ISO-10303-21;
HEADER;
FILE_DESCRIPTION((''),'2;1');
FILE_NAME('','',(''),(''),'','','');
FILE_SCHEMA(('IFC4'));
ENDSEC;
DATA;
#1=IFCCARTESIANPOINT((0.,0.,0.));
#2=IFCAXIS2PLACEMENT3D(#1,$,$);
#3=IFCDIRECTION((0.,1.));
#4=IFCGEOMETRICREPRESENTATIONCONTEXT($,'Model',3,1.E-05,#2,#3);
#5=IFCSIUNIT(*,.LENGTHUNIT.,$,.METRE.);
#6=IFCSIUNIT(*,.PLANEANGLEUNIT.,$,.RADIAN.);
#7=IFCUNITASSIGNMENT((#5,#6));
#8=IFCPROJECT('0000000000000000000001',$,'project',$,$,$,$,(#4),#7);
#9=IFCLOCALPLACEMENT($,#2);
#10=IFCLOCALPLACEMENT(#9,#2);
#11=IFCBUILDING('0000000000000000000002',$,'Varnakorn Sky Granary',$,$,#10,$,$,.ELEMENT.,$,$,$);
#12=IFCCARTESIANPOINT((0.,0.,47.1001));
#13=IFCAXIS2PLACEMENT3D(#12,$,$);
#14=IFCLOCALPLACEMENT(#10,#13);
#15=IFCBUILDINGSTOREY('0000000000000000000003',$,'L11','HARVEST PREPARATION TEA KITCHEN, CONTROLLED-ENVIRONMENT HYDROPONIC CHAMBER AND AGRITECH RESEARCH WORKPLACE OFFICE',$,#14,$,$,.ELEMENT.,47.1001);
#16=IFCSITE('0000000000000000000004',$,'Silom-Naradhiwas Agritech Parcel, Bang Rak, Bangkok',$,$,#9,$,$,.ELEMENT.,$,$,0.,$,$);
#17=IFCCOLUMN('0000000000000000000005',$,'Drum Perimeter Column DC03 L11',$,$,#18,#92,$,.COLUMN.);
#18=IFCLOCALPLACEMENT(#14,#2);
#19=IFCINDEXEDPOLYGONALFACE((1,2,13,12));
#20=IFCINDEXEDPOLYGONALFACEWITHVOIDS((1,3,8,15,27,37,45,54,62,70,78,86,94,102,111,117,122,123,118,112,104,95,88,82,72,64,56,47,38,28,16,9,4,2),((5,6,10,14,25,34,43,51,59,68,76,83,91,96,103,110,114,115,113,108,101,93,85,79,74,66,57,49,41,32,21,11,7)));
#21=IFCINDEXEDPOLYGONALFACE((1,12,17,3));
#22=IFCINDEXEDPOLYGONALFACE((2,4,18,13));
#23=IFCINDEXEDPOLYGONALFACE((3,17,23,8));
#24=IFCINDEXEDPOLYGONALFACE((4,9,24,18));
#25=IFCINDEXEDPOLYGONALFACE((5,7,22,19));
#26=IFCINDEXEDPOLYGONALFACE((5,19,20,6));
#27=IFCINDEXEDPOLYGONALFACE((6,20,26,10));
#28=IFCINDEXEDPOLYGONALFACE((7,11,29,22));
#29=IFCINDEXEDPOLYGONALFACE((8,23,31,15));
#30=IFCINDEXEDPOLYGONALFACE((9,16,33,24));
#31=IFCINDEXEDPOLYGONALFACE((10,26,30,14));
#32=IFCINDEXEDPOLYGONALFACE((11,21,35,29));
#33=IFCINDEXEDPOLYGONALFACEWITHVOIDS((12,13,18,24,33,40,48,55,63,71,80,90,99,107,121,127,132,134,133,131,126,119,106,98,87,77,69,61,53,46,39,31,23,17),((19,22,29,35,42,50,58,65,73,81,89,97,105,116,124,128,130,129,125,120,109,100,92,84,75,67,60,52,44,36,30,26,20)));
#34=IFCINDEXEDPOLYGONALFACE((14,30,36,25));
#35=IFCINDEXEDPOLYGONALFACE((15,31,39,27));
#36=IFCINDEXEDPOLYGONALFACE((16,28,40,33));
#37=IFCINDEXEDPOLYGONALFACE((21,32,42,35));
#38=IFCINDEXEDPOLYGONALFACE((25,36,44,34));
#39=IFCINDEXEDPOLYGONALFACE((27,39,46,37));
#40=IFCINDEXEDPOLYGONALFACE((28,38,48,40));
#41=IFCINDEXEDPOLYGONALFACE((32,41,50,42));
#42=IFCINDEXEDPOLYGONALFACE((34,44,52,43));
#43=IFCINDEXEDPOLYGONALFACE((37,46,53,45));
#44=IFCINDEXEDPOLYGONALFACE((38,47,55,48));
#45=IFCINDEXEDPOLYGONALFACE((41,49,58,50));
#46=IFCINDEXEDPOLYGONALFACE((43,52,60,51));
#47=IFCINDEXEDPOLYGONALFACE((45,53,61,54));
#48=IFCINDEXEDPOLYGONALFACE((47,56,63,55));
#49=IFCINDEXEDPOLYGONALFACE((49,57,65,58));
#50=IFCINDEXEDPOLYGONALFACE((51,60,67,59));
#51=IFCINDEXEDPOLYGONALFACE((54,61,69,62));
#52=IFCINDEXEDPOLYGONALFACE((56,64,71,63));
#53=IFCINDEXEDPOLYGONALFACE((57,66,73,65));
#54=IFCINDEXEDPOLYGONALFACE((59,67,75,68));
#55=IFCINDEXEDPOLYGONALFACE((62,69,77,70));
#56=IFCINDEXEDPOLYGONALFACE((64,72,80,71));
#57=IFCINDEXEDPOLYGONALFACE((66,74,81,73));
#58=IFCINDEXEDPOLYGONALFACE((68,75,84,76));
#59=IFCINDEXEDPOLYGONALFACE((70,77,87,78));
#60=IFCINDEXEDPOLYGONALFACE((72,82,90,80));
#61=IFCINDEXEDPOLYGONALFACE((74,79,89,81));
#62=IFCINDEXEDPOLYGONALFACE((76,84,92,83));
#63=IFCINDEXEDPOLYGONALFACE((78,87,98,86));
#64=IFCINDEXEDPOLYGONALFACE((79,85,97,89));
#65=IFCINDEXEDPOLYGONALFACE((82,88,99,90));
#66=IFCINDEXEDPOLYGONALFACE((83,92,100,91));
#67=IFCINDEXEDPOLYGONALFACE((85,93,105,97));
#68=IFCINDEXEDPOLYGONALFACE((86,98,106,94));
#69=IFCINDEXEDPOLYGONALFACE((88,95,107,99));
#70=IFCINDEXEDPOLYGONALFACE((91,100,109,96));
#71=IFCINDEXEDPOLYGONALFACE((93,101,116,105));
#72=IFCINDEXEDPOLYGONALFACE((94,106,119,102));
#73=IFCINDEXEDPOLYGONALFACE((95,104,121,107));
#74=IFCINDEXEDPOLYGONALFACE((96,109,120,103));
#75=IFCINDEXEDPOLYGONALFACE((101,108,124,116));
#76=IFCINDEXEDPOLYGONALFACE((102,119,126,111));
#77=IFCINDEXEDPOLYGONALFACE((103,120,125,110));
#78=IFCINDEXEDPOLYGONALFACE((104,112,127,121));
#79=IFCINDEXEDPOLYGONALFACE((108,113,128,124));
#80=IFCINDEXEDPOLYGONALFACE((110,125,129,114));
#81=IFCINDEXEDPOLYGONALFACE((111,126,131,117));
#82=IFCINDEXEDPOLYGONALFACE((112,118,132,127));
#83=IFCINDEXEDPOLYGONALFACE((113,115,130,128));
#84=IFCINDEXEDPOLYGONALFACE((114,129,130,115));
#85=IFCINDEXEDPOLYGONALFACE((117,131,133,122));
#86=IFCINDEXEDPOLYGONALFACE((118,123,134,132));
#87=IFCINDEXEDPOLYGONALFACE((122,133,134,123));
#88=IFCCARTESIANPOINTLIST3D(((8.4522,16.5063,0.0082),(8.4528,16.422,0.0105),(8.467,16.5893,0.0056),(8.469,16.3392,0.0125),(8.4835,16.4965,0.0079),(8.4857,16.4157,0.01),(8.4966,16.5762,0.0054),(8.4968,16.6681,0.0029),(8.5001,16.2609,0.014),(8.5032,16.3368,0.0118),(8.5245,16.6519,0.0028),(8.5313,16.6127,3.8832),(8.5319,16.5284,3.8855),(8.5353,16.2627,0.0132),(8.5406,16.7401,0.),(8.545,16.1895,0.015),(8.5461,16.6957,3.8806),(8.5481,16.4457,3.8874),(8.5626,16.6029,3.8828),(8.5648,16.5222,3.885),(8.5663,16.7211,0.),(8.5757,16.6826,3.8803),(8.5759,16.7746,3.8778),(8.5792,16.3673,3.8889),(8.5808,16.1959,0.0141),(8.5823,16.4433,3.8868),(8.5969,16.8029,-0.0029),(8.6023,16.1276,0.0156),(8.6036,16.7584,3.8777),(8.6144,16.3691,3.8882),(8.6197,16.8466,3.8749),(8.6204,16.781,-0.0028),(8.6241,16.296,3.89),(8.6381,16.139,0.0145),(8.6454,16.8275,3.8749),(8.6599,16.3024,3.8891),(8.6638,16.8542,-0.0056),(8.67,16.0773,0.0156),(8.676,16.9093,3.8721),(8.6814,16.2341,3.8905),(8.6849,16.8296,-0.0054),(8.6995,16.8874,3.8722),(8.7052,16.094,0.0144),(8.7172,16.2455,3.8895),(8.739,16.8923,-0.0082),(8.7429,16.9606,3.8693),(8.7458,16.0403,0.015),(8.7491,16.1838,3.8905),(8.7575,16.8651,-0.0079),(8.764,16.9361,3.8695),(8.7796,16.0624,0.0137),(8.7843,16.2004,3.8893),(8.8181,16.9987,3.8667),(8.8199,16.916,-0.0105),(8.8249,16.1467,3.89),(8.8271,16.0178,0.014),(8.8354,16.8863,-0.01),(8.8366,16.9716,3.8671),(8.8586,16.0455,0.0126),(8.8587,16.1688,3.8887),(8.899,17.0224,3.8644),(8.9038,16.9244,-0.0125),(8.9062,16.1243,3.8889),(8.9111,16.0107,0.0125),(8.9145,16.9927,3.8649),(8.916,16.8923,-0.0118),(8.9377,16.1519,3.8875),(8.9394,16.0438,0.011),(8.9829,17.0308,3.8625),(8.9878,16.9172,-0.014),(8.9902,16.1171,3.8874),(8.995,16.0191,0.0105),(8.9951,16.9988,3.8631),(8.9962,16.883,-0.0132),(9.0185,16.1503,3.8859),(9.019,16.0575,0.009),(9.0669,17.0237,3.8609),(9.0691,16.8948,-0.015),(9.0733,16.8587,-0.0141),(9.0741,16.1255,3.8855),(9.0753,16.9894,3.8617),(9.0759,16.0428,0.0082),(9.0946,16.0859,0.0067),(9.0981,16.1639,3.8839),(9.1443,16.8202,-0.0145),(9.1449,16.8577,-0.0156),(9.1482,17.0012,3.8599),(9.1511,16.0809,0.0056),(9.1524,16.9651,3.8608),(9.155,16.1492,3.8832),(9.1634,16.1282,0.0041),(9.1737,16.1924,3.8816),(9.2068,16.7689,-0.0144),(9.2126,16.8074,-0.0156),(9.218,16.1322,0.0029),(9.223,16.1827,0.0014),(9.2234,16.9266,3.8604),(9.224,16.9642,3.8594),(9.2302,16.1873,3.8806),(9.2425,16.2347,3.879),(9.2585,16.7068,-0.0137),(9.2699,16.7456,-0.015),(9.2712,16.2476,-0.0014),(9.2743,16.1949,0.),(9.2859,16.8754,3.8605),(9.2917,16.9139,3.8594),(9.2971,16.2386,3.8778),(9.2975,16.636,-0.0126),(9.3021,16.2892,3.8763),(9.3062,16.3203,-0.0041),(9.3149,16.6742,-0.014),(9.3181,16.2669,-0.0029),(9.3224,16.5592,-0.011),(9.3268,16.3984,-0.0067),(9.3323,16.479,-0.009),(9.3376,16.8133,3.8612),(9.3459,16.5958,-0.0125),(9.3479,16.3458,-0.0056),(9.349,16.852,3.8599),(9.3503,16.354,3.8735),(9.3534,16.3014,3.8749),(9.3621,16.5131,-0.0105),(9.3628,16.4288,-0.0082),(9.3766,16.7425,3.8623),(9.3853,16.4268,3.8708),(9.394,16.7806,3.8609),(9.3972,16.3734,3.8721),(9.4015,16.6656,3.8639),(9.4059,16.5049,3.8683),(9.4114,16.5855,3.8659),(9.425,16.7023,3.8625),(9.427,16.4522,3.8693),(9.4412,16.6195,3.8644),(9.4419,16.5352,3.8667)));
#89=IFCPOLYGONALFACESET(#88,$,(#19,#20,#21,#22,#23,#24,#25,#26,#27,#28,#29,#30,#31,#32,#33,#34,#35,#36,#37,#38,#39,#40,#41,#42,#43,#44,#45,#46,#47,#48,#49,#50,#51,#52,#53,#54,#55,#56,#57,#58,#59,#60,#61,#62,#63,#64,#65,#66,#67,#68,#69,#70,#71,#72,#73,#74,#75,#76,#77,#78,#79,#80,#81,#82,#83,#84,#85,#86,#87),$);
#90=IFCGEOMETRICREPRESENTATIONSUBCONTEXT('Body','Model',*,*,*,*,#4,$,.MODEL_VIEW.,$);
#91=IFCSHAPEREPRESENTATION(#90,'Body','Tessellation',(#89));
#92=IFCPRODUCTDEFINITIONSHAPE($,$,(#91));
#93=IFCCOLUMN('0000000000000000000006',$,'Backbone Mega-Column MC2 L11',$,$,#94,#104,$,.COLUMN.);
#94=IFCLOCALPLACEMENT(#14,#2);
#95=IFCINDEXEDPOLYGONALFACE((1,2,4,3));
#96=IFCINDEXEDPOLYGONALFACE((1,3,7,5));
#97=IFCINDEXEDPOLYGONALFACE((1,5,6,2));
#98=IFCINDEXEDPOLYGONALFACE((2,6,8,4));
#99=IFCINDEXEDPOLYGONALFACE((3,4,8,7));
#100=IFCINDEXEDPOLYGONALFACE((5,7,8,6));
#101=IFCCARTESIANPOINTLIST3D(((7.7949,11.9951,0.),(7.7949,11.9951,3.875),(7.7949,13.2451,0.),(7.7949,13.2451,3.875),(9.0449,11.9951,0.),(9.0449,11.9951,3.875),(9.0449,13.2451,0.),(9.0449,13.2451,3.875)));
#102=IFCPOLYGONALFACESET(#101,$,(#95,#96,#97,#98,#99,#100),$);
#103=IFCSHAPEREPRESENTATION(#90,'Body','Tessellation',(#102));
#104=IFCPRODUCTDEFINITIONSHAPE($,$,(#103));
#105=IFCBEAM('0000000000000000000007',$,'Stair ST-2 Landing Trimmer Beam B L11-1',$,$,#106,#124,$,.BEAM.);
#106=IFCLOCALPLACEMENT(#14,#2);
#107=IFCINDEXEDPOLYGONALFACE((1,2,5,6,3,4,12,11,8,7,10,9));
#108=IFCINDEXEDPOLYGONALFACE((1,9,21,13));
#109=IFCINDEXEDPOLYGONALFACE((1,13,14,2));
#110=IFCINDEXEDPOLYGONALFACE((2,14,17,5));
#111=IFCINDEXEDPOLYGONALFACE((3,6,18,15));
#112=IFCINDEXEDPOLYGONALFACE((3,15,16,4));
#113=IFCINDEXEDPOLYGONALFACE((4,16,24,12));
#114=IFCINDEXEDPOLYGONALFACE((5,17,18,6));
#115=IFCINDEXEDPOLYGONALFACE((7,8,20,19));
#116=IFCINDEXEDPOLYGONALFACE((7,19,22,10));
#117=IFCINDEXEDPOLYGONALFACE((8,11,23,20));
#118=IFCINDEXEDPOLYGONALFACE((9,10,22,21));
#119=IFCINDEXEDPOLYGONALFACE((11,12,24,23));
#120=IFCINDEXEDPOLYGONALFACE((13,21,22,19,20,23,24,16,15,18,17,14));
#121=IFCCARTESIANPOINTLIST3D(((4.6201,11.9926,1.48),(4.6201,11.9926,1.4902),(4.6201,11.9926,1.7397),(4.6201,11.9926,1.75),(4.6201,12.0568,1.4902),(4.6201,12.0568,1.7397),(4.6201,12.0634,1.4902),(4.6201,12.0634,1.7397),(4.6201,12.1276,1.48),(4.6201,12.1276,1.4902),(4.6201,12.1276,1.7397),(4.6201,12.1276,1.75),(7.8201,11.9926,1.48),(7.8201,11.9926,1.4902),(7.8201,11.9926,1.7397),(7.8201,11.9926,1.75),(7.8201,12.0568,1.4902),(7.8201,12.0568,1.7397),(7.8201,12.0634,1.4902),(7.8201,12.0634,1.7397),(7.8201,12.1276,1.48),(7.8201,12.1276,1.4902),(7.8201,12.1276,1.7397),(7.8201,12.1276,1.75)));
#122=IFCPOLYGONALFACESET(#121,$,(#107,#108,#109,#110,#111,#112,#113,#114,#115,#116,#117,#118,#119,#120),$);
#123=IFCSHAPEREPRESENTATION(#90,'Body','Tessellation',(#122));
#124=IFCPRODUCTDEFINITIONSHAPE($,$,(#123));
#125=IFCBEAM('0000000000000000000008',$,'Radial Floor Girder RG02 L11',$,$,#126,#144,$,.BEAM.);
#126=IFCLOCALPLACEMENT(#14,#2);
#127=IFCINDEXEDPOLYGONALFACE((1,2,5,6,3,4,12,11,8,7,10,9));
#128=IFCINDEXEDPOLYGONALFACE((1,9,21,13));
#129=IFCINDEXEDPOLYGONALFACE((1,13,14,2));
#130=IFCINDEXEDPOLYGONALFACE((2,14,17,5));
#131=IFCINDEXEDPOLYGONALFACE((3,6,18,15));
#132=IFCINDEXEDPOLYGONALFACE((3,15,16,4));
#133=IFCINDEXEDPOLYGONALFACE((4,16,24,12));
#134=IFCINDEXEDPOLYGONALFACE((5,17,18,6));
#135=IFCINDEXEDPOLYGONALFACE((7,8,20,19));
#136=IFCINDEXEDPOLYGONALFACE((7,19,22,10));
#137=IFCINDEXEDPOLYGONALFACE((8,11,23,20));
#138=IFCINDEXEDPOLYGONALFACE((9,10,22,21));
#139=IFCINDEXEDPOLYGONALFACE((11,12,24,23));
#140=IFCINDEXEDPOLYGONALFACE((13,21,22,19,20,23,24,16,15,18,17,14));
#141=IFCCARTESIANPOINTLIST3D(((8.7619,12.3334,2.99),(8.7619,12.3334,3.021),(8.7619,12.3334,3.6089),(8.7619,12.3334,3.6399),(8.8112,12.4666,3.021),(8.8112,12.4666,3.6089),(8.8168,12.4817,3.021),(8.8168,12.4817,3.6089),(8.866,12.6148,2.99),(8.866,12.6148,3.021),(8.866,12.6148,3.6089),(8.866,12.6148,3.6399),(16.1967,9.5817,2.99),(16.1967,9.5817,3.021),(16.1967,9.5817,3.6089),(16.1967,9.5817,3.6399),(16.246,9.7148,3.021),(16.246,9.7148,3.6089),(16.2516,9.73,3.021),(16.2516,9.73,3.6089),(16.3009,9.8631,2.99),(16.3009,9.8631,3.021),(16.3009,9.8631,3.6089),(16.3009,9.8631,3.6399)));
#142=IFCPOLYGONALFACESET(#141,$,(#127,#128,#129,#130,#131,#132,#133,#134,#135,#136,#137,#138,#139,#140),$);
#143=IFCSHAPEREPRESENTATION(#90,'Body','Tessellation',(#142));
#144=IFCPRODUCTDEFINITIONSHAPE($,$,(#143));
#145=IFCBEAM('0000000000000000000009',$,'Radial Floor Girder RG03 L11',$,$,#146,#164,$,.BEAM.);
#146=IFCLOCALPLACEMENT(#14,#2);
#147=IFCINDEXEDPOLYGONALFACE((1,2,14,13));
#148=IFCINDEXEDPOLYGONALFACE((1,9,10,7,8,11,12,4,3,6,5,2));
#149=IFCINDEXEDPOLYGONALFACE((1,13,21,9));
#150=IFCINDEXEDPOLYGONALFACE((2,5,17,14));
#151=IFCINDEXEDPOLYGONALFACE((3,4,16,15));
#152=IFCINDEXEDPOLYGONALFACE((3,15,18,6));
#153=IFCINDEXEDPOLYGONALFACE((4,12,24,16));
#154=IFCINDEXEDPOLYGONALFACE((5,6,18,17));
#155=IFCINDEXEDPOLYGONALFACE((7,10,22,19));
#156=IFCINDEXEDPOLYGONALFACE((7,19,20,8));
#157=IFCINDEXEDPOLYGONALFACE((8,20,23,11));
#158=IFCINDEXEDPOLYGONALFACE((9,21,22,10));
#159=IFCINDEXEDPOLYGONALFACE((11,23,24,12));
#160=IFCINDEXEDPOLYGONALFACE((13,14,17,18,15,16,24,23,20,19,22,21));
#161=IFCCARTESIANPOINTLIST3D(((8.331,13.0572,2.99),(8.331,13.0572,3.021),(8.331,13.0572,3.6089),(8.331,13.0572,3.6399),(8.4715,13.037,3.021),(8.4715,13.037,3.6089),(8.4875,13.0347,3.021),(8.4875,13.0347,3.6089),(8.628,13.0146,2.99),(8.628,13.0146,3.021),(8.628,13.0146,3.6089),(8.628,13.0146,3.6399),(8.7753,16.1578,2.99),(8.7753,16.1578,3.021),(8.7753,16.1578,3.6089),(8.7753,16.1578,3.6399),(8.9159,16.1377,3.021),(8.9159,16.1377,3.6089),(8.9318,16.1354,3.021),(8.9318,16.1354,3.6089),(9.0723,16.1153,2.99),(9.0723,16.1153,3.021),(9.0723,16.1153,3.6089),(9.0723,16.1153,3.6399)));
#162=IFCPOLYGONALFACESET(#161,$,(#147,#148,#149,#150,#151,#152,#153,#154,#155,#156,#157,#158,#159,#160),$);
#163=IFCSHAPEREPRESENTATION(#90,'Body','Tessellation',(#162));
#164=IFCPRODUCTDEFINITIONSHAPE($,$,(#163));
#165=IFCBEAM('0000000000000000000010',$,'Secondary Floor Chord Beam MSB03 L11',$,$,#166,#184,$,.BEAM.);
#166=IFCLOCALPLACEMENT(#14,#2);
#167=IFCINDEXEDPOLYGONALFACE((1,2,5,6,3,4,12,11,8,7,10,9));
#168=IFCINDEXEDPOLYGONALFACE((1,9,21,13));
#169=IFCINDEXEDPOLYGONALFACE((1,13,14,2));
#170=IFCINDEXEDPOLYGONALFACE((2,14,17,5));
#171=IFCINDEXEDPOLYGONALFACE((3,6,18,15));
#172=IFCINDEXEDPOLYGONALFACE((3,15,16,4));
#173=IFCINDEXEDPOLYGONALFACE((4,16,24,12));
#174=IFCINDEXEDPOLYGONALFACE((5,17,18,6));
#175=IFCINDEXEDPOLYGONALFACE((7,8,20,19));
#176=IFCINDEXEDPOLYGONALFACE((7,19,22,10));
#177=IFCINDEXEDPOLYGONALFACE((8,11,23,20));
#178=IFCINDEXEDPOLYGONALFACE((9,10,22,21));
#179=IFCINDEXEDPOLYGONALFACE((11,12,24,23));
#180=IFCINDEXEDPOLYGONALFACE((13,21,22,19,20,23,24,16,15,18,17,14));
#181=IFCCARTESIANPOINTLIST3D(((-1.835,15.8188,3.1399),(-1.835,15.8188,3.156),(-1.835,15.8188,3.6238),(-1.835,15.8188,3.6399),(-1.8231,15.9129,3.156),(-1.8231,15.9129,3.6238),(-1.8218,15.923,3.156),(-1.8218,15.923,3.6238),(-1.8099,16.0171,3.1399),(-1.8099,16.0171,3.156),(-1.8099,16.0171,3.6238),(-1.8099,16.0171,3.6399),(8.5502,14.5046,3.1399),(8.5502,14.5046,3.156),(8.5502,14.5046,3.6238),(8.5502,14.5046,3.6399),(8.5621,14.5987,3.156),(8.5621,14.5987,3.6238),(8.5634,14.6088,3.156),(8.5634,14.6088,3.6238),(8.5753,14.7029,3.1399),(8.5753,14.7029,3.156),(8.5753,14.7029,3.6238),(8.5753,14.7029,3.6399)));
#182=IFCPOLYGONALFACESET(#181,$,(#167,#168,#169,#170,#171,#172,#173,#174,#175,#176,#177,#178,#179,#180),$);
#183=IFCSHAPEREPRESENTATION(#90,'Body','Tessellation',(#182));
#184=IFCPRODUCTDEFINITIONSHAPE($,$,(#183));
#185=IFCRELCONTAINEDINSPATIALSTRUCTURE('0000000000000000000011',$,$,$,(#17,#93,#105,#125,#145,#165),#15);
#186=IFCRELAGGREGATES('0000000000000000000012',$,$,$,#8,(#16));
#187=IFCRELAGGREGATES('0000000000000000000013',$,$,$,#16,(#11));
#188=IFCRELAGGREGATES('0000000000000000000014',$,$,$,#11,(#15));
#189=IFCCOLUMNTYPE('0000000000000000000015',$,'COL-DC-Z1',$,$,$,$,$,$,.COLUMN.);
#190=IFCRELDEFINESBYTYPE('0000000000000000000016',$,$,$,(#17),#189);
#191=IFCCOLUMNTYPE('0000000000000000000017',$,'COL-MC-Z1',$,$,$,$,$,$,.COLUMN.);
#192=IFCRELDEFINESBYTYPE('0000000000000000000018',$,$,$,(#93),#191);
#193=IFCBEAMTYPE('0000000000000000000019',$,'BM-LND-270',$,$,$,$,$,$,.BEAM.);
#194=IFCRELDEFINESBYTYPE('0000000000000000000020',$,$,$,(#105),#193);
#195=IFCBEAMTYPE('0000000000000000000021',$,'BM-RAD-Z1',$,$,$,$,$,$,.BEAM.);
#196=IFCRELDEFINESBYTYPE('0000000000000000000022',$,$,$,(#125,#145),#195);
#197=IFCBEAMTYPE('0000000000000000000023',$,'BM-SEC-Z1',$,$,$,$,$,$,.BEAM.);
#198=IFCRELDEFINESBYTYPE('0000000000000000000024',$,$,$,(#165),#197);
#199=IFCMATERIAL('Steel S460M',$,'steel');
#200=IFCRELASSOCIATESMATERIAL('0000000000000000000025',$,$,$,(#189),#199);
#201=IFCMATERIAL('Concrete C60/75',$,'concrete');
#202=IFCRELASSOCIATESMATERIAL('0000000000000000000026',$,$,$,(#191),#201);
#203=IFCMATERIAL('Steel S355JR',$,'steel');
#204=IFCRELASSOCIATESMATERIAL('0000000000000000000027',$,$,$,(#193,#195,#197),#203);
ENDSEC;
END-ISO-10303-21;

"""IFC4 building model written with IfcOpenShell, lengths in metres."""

from ifc_helpers import new_model, si_unit, direction, frame, origin, origin_2d, place, context, subcontext, project, spatial, rectangle, hollow_circle, i_section, extrude, material, material_profile, profile_set, type_object, element, save


model = new_model("IFC4")

# Units and contexts
model_context = context("Model", 3, precision=1e-05, world=origin(), true_north=direction((0.0, 1.0)))
body_context = subcontext(model_context, "Body", "Model", "MODEL_VIEW")
ifc_project = project(units=[si_unit("LENGTHUNIT", "METRE"), si_unit("PLANEANGLEUNIT", "RADIAN")], contexts=[model_context])

# Site, building, storey
site_placement = place(None, origin())
site = spatial("IfcSite", under=ifc_project, at=site_placement, Name="Silom-Naradhiwas Agritech Parcel, Bang Rak, Bangkok", CompositionType="ELEMENT", RefElevation=0.0)
building_placement = place(site_placement, origin())
building = spatial("IfcBuilding", under=site, at=building_placement, Name="Varnakorn Sky Granary", CompositionType="ELEMENT")
storey_placement = place(building_placement, frame((0.0, 0.0, 47.1001)))
storey = spatial("IfcBuildingStorey", under=building, at=storey_placement, Name="L11", Description="HARVEST PREPARATION TEA KITCHEN, CONTROLLED-ENVIRONMENT HYDROPONIC CHAMBER AND AGRITECH RESEARCH WORKPLACE OFFICE", CompositionType="ELEMENT", Elevation=47.1001)

# Columns
ifc_material_1 = material(Name="Steel S460M", Category="steel")
ifc_material_profile_1 = material_profile(ifc_material_1, hollow_circle(Radius=0.457, WallThickness=0.032, at=origin_2d()), Name="CHS 914x32")
ifc_profile_set_1 = profile_set([ifc_material_profile_1], Name="Steel S460M")
column_type_1 = type_object("IfcColumnType", Name="COL-DC-Z1", PredefinedType="COLUMN", material=ifc_profile_set_1)
column_1_placement = place(storey_placement, frame((8.9075, 16.4675, 0.0), z_axis=(0.020401, 0.027454, 0.999415), x_axis=(-0.802643, 0.59646, 0.0)))
element("IfcColumn", 1, at=column_1_placement, inside=storey, type_object=column_type_1, Name="Drum Perimeter Column DC03 L11", PredefinedType="COLUMN", context=body_context, shape_type="SweptSolid", body=[
    extrude(hollow_circle(Radius=0.457, WallThickness=0.032, at=origin_2d()), origin(), (0.0, 0.0, 1.0), 3.8772),
])
ifc_material_2 = material(Name="Concrete C60/75", Category="concrete")
ifc_material_profile_2 = material_profile(ifc_material_2, rectangle(XDim=1.25, YDim=1.25, at=origin_2d()), Name="RC 1250x1250")
ifc_profile_set_2 = profile_set([ifc_material_profile_2], Name="Concrete C60/75")
column_type_2 = type_object("IfcColumnType", Name="COL-MC-Z1", PredefinedType="COLUMN", material=ifc_profile_set_2)
column_2_placement = place(storey_placement, frame((8.4199, 12.6201, 0.0), z_axis=(0.0, 0.0, 1.0), x_axis=(1.0, 0.0, 0.0)))
element("IfcColumn", 2, at=column_2_placement, inside=storey, type_object=column_type_2, Name="Backbone Mega-Column MC2 L11", PredefinedType="COLUMN", context=body_context, shape_type="SweptSolid", body=[
    extrude(rectangle(XDim=1.25, YDim=1.25, at=origin_2d()), origin(), (0.0, 0.0, 1.0), 3.875),
])

# Beams
ifc_material_3 = material(Name="Steel S355JR", Category="steel")
ifc_material_profile_3 = material_profile(ifc_material_3, i_section(OverallWidth=0.135, OverallDepth=0.27, WebThickness=0.0066, FlangeThickness=0.0103, at=origin_2d()), Name="IPE 270")
ifc_profile_set_3 = profile_set([ifc_material_profile_3], Name="Steel S355JR")
beam_type_1 = type_object("IfcBeamType", Name="BM-LND-270", PredefinedType="BEAM", material=ifc_profile_set_3)
beam_1_placement = place(storey_placement, frame((4.6201, 12.0601, 1.615), z_axis=(1.0, 0.0, 0.0), x_axis=(0.0, 1.0, 0.0)))
element("IfcBeam", 3, at=beam_1_placement, inside=storey, type_object=beam_type_1, Name="Stair ST-2 Landing Trimmer Beam B L11-1", PredefinedType="BEAM", context=body_context, shape_type="SweptSolid", body=[
    extrude(i_section(OverallWidth=0.135, OverallDepth=0.27, WebThickness=0.0066, FlangeThickness=0.0103, at=origin_2d()), origin(), (0.0, 0.0, 1.0), 3.2),
])
ifc_material_profile_4 = material_profile(ifc_material_3, i_section(OverallWidth=0.3, OverallDepth=0.6499, WebThickness=0.0161, FlangeThickness=0.031, at=origin_2d()), Name="HE 650 B")
ifc_profile_set_4 = profile_set([ifc_material_profile_4], Name="Steel S355JR")
beam_type_2 = type_object("IfcBeamType", Name="BM-RAD-Z1", PredefinedType="BEAM", material=ifc_profile_set_4)
beam_2_placement = place(storey_placement, frame((8.814, 12.4741, 3.3149), z_axis=(0.937828, -0.347101, 0.0), x_axis=(0.347101, 0.937828, 0.0)))
element("IfcBeam", 4, at=beam_2_placement, inside=storey, type_object=beam_type_2, Name="Radial Floor Girder RG02 L11", PredefinedType="BEAM", context=body_context, shape_type="SweptSolid", body=[
    extrude(i_section(OverallWidth=0.3, OverallDepth=0.6499, WebThickness=0.0161, FlangeThickness=0.031, at=origin_2d()), origin(), (0.0, 0.0, 1.0), 7.9277),
])
beam_3_placement = place(storey_placement, frame((8.4795, 13.0359, 3.3149), z_axis=(0.141858, 0.989887, 0.0), x_axis=(-0.989887, 0.141858, 0.0)))
element("IfcBeam", 5, at=beam_3_placement, inside=storey, type_object=beam_type_2, Name="Radial Floor Girder RG03 L11", PredefinedType="BEAM", context=body_context, shape_type="SweptSolid", body=[
    extrude(i_section(OverallWidth=0.3, OverallDepth=0.6499, WebThickness=0.0161, FlangeThickness=0.031, at=origin_2d()), origin(), (0.0, 0.0, 1.0), 3.1323),
])
ifc_material_profile_5 = material_profile(ifc_material_3, i_section(OverallWidth=0.2, OverallDepth=0.5, WebThickness=0.0103, FlangeThickness=0.0161, at=origin_2d()), Name="IPE 500")
ifc_profile_set_5 = profile_set([ifc_material_profile_5], Name="Steel S355JR")
beam_type_3 = type_object("IfcBeamType", Name="BM-SEC-Z1", PredefinedType="BEAM", material=ifc_profile_set_5)
beam_4_placement = place(storey_placement, frame((8.5627, 14.6038, 3.3899), z_axis=(-0.992088, 0.125544, 0.0), x_axis=(-0.125544, -0.992088, 0.0)))
element("IfcBeam", 6, at=beam_4_placement, inside=storey, type_object=beam_type_3, Name="Secondary Floor Chord Beam MSB03 L11", PredefinedType="BEAM", context=body_context, shape_type="SweptSolid", body=[
    extrude(i_section(OverallWidth=0.2, OverallDepth=0.5, WebThickness=0.0103, FlangeThickness=0.0161, at=origin_2d()), origin(), (0.0, 0.0, 1.0), 10.468),
])

save(model, "model.ifc")
